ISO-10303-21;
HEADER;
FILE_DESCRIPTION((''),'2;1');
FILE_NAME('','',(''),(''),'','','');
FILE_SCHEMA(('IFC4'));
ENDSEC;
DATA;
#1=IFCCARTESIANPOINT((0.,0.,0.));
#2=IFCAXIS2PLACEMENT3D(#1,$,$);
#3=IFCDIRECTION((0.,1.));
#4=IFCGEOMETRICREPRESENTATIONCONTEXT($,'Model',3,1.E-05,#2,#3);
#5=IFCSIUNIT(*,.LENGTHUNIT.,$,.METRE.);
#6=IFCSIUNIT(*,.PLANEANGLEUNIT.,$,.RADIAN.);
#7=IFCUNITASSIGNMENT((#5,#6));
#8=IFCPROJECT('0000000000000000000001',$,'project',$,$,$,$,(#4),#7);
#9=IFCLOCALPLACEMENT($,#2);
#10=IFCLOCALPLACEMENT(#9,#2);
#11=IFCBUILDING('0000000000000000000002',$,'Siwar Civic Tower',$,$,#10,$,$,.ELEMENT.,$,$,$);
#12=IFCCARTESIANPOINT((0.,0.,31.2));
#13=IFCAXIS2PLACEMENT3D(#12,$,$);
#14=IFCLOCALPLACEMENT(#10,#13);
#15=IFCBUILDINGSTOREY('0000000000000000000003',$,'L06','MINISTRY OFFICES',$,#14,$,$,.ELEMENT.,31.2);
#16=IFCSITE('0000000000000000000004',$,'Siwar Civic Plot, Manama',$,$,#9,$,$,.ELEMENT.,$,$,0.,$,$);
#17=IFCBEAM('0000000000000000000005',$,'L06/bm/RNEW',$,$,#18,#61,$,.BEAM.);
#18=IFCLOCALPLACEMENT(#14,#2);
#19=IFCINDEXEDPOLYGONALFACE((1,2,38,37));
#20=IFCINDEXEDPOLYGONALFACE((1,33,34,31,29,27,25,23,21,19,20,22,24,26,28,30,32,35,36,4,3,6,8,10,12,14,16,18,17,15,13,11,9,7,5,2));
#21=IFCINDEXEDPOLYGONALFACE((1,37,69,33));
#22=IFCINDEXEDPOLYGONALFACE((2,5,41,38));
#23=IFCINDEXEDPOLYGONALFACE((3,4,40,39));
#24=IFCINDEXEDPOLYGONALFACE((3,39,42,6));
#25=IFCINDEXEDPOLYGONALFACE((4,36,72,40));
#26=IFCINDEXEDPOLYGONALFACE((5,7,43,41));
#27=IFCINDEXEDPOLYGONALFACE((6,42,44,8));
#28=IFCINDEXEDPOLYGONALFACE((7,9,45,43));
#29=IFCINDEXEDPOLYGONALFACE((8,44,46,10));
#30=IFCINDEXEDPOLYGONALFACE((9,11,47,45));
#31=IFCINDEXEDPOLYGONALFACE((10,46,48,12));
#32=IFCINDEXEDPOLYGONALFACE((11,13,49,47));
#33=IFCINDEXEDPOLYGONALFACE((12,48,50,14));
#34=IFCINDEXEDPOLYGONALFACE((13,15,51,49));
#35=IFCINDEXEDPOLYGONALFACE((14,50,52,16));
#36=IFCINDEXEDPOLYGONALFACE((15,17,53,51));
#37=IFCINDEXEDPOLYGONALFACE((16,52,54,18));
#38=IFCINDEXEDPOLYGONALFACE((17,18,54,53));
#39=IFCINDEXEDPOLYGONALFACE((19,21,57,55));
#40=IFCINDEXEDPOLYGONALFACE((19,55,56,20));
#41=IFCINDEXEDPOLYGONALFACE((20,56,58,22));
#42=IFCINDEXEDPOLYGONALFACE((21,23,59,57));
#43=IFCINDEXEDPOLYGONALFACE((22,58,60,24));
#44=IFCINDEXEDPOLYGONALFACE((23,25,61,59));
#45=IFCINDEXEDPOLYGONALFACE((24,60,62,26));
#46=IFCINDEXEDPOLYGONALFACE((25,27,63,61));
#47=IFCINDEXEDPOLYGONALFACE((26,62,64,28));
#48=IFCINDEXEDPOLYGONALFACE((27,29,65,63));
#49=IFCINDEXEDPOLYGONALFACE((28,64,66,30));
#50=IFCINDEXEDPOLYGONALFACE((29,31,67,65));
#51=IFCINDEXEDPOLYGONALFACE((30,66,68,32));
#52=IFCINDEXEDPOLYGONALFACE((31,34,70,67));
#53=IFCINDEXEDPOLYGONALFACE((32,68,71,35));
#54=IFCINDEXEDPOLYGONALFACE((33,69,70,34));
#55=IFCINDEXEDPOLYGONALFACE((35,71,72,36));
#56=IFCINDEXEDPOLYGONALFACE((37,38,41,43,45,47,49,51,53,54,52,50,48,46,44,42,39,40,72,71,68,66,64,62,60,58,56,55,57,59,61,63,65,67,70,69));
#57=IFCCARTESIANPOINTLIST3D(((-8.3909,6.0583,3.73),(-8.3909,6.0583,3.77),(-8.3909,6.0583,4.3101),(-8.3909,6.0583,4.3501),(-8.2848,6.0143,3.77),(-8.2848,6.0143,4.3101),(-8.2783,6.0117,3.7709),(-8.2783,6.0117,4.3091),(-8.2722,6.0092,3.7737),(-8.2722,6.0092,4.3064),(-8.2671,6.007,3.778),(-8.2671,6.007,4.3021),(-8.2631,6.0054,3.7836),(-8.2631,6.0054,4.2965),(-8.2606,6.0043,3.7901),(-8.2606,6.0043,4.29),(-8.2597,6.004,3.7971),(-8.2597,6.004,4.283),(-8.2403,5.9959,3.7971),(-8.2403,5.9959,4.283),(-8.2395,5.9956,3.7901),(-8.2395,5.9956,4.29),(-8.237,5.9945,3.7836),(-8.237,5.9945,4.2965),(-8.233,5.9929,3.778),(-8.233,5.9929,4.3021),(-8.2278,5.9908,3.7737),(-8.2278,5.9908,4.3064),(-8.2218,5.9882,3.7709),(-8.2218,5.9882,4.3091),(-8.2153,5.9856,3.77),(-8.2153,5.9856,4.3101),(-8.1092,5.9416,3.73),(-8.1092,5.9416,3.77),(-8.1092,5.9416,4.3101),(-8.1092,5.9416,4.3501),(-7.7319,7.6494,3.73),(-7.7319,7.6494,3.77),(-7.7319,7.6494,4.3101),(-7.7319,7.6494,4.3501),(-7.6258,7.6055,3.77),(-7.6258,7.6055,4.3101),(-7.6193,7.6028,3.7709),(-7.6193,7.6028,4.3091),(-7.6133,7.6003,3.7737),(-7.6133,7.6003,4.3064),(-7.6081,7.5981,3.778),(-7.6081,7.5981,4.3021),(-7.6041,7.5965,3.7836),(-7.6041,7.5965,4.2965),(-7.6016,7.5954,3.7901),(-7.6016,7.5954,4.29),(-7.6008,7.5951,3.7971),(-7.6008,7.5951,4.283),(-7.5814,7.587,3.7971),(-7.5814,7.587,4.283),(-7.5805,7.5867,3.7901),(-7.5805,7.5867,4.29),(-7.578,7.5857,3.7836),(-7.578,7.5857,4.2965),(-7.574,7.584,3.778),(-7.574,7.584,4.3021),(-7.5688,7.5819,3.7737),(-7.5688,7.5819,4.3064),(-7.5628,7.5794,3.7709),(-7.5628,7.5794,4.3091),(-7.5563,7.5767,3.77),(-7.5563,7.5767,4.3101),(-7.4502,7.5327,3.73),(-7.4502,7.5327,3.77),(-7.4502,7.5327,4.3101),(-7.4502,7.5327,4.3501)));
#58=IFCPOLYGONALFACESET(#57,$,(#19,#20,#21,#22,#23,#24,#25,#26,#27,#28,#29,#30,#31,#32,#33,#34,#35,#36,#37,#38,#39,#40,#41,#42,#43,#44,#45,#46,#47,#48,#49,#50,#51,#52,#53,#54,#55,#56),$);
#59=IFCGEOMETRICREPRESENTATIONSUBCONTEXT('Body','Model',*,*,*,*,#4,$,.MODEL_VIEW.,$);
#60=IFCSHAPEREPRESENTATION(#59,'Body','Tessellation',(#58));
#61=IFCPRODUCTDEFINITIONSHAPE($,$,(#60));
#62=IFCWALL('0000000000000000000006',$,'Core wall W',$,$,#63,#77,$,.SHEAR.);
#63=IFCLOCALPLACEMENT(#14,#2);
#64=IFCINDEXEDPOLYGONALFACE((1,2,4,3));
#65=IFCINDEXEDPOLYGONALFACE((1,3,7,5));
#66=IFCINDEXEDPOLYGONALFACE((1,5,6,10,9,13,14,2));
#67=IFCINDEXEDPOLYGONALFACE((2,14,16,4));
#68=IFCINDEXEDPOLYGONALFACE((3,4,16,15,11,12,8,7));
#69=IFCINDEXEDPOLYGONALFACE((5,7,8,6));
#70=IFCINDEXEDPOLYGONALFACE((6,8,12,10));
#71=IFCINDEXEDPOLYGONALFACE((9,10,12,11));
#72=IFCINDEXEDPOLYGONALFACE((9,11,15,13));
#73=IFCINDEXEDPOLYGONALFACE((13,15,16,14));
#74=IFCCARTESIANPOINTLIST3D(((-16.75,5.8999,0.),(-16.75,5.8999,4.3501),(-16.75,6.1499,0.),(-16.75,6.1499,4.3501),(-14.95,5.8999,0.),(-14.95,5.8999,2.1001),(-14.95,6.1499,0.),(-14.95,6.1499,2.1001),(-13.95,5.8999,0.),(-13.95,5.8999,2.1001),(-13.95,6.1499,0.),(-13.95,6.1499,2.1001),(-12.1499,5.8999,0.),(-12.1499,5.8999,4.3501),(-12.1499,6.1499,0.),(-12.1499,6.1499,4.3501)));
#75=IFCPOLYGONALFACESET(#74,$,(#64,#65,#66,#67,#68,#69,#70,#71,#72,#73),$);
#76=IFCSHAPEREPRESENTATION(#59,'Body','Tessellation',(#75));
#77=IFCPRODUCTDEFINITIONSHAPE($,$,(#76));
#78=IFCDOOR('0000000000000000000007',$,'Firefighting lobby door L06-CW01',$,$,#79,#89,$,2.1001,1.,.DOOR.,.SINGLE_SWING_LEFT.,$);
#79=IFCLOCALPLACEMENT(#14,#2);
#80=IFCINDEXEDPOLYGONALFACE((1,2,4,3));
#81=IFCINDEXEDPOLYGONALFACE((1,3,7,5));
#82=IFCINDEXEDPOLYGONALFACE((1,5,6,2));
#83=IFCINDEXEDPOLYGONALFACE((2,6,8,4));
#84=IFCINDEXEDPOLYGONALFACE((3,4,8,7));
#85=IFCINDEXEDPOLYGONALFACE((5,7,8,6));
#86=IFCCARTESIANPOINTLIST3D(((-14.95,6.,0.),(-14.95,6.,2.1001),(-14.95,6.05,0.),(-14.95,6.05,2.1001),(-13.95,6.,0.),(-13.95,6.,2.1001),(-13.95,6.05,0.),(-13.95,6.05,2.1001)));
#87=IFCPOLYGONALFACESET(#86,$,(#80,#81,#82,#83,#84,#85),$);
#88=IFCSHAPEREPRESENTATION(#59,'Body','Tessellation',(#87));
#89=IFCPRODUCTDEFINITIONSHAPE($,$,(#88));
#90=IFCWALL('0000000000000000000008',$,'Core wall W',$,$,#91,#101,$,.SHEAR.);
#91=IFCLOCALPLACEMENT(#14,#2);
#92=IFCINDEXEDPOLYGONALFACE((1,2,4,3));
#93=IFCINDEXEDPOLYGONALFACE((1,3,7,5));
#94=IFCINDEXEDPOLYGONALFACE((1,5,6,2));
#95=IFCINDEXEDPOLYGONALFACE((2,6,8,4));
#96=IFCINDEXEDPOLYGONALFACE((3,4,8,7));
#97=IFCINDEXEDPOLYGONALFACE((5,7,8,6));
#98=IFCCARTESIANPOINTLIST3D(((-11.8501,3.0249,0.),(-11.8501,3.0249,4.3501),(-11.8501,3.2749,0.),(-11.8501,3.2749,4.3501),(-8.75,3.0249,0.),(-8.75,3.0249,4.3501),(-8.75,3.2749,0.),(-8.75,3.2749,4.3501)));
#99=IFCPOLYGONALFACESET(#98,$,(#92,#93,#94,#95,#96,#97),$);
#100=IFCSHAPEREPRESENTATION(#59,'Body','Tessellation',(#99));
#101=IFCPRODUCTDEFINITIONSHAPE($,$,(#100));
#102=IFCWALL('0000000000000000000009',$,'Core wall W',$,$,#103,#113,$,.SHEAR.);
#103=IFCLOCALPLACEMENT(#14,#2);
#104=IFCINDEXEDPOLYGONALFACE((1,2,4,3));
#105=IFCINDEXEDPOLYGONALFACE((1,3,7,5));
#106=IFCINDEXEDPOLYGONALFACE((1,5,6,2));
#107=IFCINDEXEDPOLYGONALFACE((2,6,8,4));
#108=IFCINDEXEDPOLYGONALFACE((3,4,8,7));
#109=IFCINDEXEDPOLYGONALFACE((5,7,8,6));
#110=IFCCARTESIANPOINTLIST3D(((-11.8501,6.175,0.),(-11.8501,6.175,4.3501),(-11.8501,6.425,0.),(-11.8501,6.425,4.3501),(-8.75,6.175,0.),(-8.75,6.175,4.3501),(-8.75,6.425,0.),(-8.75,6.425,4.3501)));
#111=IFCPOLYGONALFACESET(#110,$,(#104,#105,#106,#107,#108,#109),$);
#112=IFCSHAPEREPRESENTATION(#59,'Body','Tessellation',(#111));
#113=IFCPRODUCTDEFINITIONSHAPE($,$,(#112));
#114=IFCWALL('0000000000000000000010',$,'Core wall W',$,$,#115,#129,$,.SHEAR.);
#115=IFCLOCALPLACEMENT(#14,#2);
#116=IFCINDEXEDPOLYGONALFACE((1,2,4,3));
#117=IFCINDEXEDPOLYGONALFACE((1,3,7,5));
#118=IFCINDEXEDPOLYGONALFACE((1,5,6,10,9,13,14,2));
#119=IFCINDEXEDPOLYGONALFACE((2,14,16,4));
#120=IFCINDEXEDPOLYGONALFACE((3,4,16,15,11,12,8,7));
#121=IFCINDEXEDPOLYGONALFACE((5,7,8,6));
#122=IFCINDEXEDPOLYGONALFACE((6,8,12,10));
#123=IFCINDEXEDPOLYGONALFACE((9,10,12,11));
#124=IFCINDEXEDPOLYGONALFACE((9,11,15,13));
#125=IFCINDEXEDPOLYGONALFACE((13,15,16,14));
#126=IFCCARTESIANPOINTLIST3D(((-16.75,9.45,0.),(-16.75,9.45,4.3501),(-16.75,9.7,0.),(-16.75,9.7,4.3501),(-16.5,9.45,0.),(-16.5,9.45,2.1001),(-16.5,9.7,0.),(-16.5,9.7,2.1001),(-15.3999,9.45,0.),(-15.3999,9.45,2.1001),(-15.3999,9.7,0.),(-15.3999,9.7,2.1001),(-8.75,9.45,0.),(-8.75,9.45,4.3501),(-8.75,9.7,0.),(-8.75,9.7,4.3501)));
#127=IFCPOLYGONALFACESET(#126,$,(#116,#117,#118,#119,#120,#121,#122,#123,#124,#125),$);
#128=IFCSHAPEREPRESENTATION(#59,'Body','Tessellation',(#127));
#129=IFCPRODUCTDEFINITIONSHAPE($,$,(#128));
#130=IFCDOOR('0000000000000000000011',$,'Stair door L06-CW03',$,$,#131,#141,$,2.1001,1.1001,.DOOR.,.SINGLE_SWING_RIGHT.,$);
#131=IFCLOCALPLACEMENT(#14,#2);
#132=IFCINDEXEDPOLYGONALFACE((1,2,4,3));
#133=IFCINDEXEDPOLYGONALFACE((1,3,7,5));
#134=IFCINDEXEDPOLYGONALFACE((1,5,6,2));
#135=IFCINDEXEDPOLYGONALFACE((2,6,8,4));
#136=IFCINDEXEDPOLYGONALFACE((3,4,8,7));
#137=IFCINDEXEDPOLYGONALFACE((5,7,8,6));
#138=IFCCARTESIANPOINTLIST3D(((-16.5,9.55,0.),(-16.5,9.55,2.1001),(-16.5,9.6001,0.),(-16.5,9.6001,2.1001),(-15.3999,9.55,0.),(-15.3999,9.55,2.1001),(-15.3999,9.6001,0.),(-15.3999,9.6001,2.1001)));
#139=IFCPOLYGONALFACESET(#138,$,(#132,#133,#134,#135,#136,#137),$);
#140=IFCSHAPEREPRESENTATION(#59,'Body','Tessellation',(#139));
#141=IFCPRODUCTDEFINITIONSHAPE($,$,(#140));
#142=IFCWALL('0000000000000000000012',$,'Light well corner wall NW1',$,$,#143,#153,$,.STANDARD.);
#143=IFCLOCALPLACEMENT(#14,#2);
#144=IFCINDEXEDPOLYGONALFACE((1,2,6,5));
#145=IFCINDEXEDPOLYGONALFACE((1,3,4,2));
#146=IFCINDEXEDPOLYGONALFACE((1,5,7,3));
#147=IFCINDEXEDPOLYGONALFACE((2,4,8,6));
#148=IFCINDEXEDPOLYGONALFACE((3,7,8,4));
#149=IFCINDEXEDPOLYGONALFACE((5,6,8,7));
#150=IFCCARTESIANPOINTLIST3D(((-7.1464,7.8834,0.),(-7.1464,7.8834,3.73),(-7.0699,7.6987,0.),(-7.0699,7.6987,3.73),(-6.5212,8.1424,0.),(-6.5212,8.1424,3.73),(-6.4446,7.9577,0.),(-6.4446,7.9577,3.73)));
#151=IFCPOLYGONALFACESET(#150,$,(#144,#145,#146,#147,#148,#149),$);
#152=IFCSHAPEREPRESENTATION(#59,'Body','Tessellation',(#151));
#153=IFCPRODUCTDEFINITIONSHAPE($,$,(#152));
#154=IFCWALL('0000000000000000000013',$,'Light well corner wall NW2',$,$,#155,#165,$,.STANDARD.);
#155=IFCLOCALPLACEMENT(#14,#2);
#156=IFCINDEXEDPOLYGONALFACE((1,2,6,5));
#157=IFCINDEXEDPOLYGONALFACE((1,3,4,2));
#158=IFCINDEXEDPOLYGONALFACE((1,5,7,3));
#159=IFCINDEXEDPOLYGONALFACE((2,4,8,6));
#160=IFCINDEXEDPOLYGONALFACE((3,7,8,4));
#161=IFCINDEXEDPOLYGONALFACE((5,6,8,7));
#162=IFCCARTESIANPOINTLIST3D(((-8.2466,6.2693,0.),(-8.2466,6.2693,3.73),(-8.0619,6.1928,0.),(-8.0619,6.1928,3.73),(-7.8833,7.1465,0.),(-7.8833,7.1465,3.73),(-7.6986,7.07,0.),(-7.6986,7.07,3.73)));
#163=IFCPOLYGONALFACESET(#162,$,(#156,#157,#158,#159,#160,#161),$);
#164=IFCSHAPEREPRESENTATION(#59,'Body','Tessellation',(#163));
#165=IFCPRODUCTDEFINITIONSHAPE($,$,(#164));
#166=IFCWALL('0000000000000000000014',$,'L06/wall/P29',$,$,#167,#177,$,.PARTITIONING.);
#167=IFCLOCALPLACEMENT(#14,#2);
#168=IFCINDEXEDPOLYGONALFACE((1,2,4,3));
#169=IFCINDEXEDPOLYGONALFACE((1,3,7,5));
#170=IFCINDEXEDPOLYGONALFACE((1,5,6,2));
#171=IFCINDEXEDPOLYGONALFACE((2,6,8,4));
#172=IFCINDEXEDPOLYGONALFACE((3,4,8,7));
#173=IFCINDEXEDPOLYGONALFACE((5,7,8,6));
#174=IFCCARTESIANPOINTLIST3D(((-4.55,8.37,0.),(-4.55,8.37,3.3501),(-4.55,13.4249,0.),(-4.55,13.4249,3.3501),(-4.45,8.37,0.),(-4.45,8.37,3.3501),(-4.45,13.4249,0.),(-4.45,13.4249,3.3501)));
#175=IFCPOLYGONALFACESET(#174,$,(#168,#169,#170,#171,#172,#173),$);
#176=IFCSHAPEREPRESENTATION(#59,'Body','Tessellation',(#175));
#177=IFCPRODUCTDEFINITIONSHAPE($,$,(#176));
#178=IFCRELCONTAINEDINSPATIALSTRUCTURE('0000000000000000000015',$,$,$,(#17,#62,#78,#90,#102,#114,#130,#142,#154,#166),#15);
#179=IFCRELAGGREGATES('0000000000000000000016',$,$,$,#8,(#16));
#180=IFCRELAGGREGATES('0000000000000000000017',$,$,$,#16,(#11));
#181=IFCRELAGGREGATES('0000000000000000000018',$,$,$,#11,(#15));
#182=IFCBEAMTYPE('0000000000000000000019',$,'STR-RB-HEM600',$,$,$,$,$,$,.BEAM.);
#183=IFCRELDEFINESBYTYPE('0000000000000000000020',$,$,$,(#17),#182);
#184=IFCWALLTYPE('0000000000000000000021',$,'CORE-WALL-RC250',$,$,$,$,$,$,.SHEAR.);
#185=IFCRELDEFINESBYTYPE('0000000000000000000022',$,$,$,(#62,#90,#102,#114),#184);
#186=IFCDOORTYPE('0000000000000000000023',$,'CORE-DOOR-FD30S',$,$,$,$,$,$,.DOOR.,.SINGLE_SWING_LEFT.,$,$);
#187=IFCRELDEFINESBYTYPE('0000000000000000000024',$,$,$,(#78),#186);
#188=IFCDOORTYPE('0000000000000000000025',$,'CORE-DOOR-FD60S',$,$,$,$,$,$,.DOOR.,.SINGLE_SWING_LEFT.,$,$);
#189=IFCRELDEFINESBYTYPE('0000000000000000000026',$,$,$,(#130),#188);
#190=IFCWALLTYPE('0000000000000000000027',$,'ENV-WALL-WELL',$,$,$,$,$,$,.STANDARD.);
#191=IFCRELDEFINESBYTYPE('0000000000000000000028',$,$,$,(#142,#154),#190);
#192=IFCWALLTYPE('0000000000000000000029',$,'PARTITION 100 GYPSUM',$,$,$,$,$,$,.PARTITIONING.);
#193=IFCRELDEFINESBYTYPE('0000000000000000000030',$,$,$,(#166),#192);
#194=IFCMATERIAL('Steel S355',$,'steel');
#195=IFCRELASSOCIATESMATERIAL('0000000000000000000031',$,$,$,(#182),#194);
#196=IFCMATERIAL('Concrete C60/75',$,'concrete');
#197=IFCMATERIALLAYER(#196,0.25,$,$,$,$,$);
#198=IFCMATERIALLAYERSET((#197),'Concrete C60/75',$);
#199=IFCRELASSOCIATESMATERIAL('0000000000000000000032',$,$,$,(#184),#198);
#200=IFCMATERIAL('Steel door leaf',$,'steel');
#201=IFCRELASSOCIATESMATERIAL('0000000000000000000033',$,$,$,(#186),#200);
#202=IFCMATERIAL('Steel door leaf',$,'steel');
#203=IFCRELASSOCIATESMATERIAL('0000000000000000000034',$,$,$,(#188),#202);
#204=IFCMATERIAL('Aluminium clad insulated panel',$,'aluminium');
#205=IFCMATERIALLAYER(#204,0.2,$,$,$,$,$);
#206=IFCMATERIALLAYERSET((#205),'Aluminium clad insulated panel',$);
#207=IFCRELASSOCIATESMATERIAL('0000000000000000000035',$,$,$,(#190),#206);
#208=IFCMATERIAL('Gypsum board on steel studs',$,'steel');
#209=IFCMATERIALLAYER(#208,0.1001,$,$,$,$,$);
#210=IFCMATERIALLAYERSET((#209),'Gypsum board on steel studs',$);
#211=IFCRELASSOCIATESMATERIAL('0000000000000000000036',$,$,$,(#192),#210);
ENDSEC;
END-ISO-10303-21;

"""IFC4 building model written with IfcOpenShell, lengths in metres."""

from ifc_helpers import new_model, si_unit, direction, frame, frame_2d, origin, origin_2d, place, context, subcontext, project, spatial, rectangle, i_section, extrude, material, layer, layer_set, material_profile, profile_set, type_object, element, fill, save


model = new_model("IFC4")

# Units and contexts
model_context = context("Model", 3, precision=1e-05, world=origin(), true_north=direction((0.0, 1.0)))
body_context = subcontext(model_context, "Body", "Model", "MODEL_VIEW")
ifc_project = project(units=[si_unit("LENGTHUNIT", "METRE"), si_unit("PLANEANGLEUNIT", "RADIAN")], contexts=[model_context])

# Site, building, storey
site_placement = place(None, origin())
site = spatial("IfcSite", under=ifc_project, at=site_placement, Name="Siwar Civic Plot, Manama", CompositionType="ELEMENT", RefElevation=0.0)
building_placement = place(site_placement, origin())
building = spatial("IfcBuilding", under=site, at=building_placement, Name="Siwar Civic Tower", CompositionType="ELEMENT")
storey_placement = place(building_placement, frame((0.0, 0.0, 31.2)))
storey = spatial("IfcBuildingStorey", under=building, at=storey_placement, Name="L06", Description="MINISTRY OFFICES", CompositionType="ELEMENT", Elevation=31.2)

# Beam
ifc_material_1 = material(Name="Steel S355", Category="steel")
ifc_material_profile_1 = material_profile(ifc_material_1, i_section(OverallWidth=0.3049, OverallDepth=0.6201, WebThickness=0.021, FlangeThickness=0.04, FilletRadius=0.0271, at=origin_2d()), Name="HEM600")
ifc_profile_set_1 = profile_set([ifc_material_profile_1], Name="Steel S355")
beam_type_1 = type_object("IfcBeamType", Name="STR-RB-HEM600", PredefinedType="BEAM", material=ifc_profile_set_1)
beam_1_placement = place(storey_placement, frame((-7.5911, 7.5911, 4.04), z_axis=(-0.382631, -0.923901, 0.0), x_axis=(0.923901, -0.382631, 0.0)))
element("IfcBeam", 1, at=beam_1_placement, inside=storey, type_object=beam_type_1, Name="L06/bm/RNEW", PredefinedType="BEAM", context=body_context, shape_type="SweptSolid", body=[
    extrude(i_section(OverallWidth=0.3049, OverallDepth=0.6201, WebThickness=0.021, FlangeThickness=0.04, FilletRadius=0.0271, at=origin_2d()), origin(), (0.0, 0.0, 1.0), 1.7222),
])

# Wall, opening, door
ifc_material_2 = material(Name="Concrete C60/75", Category="concrete")
ifc_layer_1 = layer(ifc_material_2, 0.25)
ifc_layer_set_1 = layer_set([ifc_layer_1], Name="Concrete C60/75")
wall_type_1 = type_object("IfcWallType", Name="CORE-WALL-RC250", PredefinedType="SHEAR", material=ifc_layer_set_1)
wall_1_placement = place(storey_placement, frame((-12.1499, 6.0249, 0.0), z_axis=(0.0, 0.0, 1.0), x_axis=(-1.0, 0.0, 0.0)))
wall_1 = element("IfcWall", 2, at=wall_1_placement, inside=storey, type_object=wall_type_1, Name="Core wall W", PredefinedType="SHEAR", context=body_context, shape_type="SweptSolid", body=[
    extrude(rectangle(XDim=4.6001, YDim=0.25, at=frame_2d((2.3, 0.0))), origin(), (0.0, 0.0, 1.0), 4.3501),
])
opening_1_placement = place(wall_1_placement, frame((1.8, 0.0, 0.0)))
opening_1 = element("IfcOpeningElement", 3, at=opening_1_placement, cuts=wall_1, PredefinedType="OPENING", context=body_context, shape_type="SweptSolid", body=[
    extrude(rectangle(XDim=1.0, YDim=2.1001, at=frame_2d((0.5, 1.05))), frame((0.0, 0.135, 0.0), z_axis=(0.0, -1.0, 0.0), x_axis=(1.0, 0.0, 0.0)), (0.0, 0.0, 1.0), 0.27),
])
ifc_material_3 = material(Name="Steel door leaf", Category="steel")
door_type_1 = type_object("IfcDoorType", Name="CORE-DOOR-FD30S", OperationType="SINGLE_SWING_LEFT", PredefinedType="DOOR", material=ifc_material_3)
door_1_placement = place(opening_1_placement, origin())
door_1 = element("IfcDoor", 4, at=door_1_placement, inside=storey, type_object=door_type_1, Name="Firefighting lobby door L06-CW01", OperationType="SINGLE_SWING_LEFT", OverallHeight=2.1001, OverallWidth=1.0, PredefinedType="DOOR", context=body_context, shape_type="SweptSolid", body=[
    extrude(rectangle(XDim=1.0, YDim=2.1001, at=frame_2d((0.5, 1.05))), frame((0.0, 0.0249, 0.0), z_axis=(0.0, -1.0, 0.0), x_axis=(1.0, 0.0, 0.0)), (0.0, 0.0, 1.0), 0.05),
])
fill(opening_1, door_1)

# Walls
for number, where, z_axis, x_axis, name in (
    (5, (-8.75, 3.1499, 0.0), (0.0, 0.0, 1.0), (-1.0, 0.0, 0.0), "Core wall W"),
    (6, (-8.75, 6.3, 0.0), (0.0, 0.0, 1.0), (-1.0, 0.0, 0.0), "Core wall W"),
):
    element("IfcWall", number, at=place(storey_placement, frame(where, z_axis=z_axis, x_axis=x_axis)), inside=storey, type_object=wall_type_1, Name=name, PredefinedType="SHEAR", context=body_context, shape_type="SweptSolid", body=[
        extrude(rectangle(XDim=3.1001, YDim=0.25, at=frame_2d((1.55, 0.0))), origin(), (0.0, 0.0, 1.0), 4.3501),
    ])

# Wall, opening, door
wall_2_placement = place(storey_placement, frame((-8.75, 9.575, 0.0), z_axis=(0.0, 0.0, 1.0), x_axis=(-1.0, 0.0, 0.0)))
wall_2 = element("IfcWall", 7, at=wall_2_placement, inside=storey, type_object=wall_type_1, Name="Core wall W", PredefinedType="SHEAR", context=body_context, shape_type="SweptSolid", body=[
    extrude(rectangle(XDim=8.0, YDim=0.25, at=frame_2d((4.0, 0.0))), origin(), (0.0, 0.0, 1.0), 4.3501),
])
opening_2_placement = place(wall_2_placement, frame((6.6499, 0.0, 0.0)))
opening_2 = element("IfcOpeningElement", 8, at=opening_2_placement, cuts=wall_2, PredefinedType="OPENING", context=body_context, shape_type="SweptSolid", body=[
    extrude(rectangle(XDim=1.1001, YDim=2.1001, at=frame_2d((0.55, 1.05))), frame((0.0, 0.135, 0.0), z_axis=(0.0, -1.0, 0.0), x_axis=(1.0, 0.0, 0.0)), (0.0, 0.0, 1.0), 0.27),
])
ifc_material_4 = material(Name="Steel door leaf", Category="steel")
door_type_2 = type_object("IfcDoorType", Name="CORE-DOOR-FD60S", OperationType="SINGLE_SWING_LEFT", PredefinedType="DOOR", material=ifc_material_4)
door_2_placement = place(opening_2_placement, origin())
door_2 = element("IfcDoor", 9, at=door_2_placement, inside=storey, type_object=door_type_2, Name="Stair door L06-CW03", OperationType="SINGLE_SWING_RIGHT", OverallHeight=2.1001, OverallWidth=1.1001, PredefinedType="DOOR", context=body_context, shape_type="SweptSolid", body=[
    extrude(rectangle(XDim=1.1001, YDim=2.1001, at=frame_2d((0.55, 1.05))), frame((0.0, 0.0249, 0.0), z_axis=(0.0, -1.0, 0.0), x_axis=(1.0, 0.0, 0.0)), (0.0, 0.0, 1.0), 0.05),
])
fill(opening_2, door_2)

# Walls
ifc_material_5 = material(Name="Aluminium clad insulated panel", Category="aluminium")
ifc_layer_2 = layer(ifc_material_5, 0.2)
ifc_layer_set_2 = layer_set([ifc_layer_2], Name="Aluminium clad insulated panel")
wall_type_2 = type_object("IfcWallType", Name="ENV-WALL-WELL", PredefinedType="STANDARD", material=ifc_layer_set_2)
wall_3_placement = place(storey_placement, frame((-6.4829, 8.05, 0.0), z_axis=(0.0, 0.0, 1.0), x_axis=(-0.923854, -0.382745, 0.0)))
element("IfcWall", 10, at=wall_3_placement, inside=storey, type_object=wall_type_2, Name="Light well corner wall NW1", PredefinedType="STANDARD", context=body_context, shape_type="SweptSolid", body=[
    extrude(rectangle(XDim=0.6768, YDim=0.2, at=frame_2d((0.3384, 0.0))), origin(), (0.0, 0.0, 1.0), 3.73),
])
wall_4_placement = place(storey_placement, frame((-7.791, 7.1082, 0.0), z_axis=(0.0, 0.0, 1.0), x_axis=(-0.382624, -0.923904, 0.0)))
element("IfcWall", 11, at=wall_4_placement, inside=storey, type_object=wall_type_2, Name="Light well corner wall NW2", PredefinedType="STANDARD", context=body_context, shape_type="SweptSolid", body=[
    extrude(rectangle(XDim=0.9495, YDim=0.2, at=frame_2d((0.4746, 0.0))), origin(), (0.0, 0.0, 1.0), 3.73),
])
ifc_material_6 = material(Name="Gypsum board on steel studs", Category="steel")
ifc_layer_3 = layer(ifc_material_6, 0.1001)
ifc_layer_set_3 = layer_set([ifc_layer_3], Name="Gypsum board on steel studs")
wall_type_3 = type_object("IfcWallType", Name="PARTITION 100 GYPSUM", PredefinedType="PARTITIONING", material=ifc_layer_set_3)
wall_5_placement = place(storey_placement, frame((-4.5, 8.3701, 0.0), z_axis=(0.0, 0.0, 1.0), x_axis=(0.0, 1.0, 0.0)))
element("IfcWall", 12, at=wall_5_placement, inside=storey, type_object=wall_type_3, Name="L06/wall/P29", PredefinedType="PARTITIONING", context=body_context, shape_type="SweptSolid", body=[
    extrude(rectangle(XDim=5.0549, YDim=0.1001, at=frame_2d((2.5273, 0.0))), origin(), (0.0, 0.0, 1.0), 3.3501),
])

save(model, "model.ifc")
